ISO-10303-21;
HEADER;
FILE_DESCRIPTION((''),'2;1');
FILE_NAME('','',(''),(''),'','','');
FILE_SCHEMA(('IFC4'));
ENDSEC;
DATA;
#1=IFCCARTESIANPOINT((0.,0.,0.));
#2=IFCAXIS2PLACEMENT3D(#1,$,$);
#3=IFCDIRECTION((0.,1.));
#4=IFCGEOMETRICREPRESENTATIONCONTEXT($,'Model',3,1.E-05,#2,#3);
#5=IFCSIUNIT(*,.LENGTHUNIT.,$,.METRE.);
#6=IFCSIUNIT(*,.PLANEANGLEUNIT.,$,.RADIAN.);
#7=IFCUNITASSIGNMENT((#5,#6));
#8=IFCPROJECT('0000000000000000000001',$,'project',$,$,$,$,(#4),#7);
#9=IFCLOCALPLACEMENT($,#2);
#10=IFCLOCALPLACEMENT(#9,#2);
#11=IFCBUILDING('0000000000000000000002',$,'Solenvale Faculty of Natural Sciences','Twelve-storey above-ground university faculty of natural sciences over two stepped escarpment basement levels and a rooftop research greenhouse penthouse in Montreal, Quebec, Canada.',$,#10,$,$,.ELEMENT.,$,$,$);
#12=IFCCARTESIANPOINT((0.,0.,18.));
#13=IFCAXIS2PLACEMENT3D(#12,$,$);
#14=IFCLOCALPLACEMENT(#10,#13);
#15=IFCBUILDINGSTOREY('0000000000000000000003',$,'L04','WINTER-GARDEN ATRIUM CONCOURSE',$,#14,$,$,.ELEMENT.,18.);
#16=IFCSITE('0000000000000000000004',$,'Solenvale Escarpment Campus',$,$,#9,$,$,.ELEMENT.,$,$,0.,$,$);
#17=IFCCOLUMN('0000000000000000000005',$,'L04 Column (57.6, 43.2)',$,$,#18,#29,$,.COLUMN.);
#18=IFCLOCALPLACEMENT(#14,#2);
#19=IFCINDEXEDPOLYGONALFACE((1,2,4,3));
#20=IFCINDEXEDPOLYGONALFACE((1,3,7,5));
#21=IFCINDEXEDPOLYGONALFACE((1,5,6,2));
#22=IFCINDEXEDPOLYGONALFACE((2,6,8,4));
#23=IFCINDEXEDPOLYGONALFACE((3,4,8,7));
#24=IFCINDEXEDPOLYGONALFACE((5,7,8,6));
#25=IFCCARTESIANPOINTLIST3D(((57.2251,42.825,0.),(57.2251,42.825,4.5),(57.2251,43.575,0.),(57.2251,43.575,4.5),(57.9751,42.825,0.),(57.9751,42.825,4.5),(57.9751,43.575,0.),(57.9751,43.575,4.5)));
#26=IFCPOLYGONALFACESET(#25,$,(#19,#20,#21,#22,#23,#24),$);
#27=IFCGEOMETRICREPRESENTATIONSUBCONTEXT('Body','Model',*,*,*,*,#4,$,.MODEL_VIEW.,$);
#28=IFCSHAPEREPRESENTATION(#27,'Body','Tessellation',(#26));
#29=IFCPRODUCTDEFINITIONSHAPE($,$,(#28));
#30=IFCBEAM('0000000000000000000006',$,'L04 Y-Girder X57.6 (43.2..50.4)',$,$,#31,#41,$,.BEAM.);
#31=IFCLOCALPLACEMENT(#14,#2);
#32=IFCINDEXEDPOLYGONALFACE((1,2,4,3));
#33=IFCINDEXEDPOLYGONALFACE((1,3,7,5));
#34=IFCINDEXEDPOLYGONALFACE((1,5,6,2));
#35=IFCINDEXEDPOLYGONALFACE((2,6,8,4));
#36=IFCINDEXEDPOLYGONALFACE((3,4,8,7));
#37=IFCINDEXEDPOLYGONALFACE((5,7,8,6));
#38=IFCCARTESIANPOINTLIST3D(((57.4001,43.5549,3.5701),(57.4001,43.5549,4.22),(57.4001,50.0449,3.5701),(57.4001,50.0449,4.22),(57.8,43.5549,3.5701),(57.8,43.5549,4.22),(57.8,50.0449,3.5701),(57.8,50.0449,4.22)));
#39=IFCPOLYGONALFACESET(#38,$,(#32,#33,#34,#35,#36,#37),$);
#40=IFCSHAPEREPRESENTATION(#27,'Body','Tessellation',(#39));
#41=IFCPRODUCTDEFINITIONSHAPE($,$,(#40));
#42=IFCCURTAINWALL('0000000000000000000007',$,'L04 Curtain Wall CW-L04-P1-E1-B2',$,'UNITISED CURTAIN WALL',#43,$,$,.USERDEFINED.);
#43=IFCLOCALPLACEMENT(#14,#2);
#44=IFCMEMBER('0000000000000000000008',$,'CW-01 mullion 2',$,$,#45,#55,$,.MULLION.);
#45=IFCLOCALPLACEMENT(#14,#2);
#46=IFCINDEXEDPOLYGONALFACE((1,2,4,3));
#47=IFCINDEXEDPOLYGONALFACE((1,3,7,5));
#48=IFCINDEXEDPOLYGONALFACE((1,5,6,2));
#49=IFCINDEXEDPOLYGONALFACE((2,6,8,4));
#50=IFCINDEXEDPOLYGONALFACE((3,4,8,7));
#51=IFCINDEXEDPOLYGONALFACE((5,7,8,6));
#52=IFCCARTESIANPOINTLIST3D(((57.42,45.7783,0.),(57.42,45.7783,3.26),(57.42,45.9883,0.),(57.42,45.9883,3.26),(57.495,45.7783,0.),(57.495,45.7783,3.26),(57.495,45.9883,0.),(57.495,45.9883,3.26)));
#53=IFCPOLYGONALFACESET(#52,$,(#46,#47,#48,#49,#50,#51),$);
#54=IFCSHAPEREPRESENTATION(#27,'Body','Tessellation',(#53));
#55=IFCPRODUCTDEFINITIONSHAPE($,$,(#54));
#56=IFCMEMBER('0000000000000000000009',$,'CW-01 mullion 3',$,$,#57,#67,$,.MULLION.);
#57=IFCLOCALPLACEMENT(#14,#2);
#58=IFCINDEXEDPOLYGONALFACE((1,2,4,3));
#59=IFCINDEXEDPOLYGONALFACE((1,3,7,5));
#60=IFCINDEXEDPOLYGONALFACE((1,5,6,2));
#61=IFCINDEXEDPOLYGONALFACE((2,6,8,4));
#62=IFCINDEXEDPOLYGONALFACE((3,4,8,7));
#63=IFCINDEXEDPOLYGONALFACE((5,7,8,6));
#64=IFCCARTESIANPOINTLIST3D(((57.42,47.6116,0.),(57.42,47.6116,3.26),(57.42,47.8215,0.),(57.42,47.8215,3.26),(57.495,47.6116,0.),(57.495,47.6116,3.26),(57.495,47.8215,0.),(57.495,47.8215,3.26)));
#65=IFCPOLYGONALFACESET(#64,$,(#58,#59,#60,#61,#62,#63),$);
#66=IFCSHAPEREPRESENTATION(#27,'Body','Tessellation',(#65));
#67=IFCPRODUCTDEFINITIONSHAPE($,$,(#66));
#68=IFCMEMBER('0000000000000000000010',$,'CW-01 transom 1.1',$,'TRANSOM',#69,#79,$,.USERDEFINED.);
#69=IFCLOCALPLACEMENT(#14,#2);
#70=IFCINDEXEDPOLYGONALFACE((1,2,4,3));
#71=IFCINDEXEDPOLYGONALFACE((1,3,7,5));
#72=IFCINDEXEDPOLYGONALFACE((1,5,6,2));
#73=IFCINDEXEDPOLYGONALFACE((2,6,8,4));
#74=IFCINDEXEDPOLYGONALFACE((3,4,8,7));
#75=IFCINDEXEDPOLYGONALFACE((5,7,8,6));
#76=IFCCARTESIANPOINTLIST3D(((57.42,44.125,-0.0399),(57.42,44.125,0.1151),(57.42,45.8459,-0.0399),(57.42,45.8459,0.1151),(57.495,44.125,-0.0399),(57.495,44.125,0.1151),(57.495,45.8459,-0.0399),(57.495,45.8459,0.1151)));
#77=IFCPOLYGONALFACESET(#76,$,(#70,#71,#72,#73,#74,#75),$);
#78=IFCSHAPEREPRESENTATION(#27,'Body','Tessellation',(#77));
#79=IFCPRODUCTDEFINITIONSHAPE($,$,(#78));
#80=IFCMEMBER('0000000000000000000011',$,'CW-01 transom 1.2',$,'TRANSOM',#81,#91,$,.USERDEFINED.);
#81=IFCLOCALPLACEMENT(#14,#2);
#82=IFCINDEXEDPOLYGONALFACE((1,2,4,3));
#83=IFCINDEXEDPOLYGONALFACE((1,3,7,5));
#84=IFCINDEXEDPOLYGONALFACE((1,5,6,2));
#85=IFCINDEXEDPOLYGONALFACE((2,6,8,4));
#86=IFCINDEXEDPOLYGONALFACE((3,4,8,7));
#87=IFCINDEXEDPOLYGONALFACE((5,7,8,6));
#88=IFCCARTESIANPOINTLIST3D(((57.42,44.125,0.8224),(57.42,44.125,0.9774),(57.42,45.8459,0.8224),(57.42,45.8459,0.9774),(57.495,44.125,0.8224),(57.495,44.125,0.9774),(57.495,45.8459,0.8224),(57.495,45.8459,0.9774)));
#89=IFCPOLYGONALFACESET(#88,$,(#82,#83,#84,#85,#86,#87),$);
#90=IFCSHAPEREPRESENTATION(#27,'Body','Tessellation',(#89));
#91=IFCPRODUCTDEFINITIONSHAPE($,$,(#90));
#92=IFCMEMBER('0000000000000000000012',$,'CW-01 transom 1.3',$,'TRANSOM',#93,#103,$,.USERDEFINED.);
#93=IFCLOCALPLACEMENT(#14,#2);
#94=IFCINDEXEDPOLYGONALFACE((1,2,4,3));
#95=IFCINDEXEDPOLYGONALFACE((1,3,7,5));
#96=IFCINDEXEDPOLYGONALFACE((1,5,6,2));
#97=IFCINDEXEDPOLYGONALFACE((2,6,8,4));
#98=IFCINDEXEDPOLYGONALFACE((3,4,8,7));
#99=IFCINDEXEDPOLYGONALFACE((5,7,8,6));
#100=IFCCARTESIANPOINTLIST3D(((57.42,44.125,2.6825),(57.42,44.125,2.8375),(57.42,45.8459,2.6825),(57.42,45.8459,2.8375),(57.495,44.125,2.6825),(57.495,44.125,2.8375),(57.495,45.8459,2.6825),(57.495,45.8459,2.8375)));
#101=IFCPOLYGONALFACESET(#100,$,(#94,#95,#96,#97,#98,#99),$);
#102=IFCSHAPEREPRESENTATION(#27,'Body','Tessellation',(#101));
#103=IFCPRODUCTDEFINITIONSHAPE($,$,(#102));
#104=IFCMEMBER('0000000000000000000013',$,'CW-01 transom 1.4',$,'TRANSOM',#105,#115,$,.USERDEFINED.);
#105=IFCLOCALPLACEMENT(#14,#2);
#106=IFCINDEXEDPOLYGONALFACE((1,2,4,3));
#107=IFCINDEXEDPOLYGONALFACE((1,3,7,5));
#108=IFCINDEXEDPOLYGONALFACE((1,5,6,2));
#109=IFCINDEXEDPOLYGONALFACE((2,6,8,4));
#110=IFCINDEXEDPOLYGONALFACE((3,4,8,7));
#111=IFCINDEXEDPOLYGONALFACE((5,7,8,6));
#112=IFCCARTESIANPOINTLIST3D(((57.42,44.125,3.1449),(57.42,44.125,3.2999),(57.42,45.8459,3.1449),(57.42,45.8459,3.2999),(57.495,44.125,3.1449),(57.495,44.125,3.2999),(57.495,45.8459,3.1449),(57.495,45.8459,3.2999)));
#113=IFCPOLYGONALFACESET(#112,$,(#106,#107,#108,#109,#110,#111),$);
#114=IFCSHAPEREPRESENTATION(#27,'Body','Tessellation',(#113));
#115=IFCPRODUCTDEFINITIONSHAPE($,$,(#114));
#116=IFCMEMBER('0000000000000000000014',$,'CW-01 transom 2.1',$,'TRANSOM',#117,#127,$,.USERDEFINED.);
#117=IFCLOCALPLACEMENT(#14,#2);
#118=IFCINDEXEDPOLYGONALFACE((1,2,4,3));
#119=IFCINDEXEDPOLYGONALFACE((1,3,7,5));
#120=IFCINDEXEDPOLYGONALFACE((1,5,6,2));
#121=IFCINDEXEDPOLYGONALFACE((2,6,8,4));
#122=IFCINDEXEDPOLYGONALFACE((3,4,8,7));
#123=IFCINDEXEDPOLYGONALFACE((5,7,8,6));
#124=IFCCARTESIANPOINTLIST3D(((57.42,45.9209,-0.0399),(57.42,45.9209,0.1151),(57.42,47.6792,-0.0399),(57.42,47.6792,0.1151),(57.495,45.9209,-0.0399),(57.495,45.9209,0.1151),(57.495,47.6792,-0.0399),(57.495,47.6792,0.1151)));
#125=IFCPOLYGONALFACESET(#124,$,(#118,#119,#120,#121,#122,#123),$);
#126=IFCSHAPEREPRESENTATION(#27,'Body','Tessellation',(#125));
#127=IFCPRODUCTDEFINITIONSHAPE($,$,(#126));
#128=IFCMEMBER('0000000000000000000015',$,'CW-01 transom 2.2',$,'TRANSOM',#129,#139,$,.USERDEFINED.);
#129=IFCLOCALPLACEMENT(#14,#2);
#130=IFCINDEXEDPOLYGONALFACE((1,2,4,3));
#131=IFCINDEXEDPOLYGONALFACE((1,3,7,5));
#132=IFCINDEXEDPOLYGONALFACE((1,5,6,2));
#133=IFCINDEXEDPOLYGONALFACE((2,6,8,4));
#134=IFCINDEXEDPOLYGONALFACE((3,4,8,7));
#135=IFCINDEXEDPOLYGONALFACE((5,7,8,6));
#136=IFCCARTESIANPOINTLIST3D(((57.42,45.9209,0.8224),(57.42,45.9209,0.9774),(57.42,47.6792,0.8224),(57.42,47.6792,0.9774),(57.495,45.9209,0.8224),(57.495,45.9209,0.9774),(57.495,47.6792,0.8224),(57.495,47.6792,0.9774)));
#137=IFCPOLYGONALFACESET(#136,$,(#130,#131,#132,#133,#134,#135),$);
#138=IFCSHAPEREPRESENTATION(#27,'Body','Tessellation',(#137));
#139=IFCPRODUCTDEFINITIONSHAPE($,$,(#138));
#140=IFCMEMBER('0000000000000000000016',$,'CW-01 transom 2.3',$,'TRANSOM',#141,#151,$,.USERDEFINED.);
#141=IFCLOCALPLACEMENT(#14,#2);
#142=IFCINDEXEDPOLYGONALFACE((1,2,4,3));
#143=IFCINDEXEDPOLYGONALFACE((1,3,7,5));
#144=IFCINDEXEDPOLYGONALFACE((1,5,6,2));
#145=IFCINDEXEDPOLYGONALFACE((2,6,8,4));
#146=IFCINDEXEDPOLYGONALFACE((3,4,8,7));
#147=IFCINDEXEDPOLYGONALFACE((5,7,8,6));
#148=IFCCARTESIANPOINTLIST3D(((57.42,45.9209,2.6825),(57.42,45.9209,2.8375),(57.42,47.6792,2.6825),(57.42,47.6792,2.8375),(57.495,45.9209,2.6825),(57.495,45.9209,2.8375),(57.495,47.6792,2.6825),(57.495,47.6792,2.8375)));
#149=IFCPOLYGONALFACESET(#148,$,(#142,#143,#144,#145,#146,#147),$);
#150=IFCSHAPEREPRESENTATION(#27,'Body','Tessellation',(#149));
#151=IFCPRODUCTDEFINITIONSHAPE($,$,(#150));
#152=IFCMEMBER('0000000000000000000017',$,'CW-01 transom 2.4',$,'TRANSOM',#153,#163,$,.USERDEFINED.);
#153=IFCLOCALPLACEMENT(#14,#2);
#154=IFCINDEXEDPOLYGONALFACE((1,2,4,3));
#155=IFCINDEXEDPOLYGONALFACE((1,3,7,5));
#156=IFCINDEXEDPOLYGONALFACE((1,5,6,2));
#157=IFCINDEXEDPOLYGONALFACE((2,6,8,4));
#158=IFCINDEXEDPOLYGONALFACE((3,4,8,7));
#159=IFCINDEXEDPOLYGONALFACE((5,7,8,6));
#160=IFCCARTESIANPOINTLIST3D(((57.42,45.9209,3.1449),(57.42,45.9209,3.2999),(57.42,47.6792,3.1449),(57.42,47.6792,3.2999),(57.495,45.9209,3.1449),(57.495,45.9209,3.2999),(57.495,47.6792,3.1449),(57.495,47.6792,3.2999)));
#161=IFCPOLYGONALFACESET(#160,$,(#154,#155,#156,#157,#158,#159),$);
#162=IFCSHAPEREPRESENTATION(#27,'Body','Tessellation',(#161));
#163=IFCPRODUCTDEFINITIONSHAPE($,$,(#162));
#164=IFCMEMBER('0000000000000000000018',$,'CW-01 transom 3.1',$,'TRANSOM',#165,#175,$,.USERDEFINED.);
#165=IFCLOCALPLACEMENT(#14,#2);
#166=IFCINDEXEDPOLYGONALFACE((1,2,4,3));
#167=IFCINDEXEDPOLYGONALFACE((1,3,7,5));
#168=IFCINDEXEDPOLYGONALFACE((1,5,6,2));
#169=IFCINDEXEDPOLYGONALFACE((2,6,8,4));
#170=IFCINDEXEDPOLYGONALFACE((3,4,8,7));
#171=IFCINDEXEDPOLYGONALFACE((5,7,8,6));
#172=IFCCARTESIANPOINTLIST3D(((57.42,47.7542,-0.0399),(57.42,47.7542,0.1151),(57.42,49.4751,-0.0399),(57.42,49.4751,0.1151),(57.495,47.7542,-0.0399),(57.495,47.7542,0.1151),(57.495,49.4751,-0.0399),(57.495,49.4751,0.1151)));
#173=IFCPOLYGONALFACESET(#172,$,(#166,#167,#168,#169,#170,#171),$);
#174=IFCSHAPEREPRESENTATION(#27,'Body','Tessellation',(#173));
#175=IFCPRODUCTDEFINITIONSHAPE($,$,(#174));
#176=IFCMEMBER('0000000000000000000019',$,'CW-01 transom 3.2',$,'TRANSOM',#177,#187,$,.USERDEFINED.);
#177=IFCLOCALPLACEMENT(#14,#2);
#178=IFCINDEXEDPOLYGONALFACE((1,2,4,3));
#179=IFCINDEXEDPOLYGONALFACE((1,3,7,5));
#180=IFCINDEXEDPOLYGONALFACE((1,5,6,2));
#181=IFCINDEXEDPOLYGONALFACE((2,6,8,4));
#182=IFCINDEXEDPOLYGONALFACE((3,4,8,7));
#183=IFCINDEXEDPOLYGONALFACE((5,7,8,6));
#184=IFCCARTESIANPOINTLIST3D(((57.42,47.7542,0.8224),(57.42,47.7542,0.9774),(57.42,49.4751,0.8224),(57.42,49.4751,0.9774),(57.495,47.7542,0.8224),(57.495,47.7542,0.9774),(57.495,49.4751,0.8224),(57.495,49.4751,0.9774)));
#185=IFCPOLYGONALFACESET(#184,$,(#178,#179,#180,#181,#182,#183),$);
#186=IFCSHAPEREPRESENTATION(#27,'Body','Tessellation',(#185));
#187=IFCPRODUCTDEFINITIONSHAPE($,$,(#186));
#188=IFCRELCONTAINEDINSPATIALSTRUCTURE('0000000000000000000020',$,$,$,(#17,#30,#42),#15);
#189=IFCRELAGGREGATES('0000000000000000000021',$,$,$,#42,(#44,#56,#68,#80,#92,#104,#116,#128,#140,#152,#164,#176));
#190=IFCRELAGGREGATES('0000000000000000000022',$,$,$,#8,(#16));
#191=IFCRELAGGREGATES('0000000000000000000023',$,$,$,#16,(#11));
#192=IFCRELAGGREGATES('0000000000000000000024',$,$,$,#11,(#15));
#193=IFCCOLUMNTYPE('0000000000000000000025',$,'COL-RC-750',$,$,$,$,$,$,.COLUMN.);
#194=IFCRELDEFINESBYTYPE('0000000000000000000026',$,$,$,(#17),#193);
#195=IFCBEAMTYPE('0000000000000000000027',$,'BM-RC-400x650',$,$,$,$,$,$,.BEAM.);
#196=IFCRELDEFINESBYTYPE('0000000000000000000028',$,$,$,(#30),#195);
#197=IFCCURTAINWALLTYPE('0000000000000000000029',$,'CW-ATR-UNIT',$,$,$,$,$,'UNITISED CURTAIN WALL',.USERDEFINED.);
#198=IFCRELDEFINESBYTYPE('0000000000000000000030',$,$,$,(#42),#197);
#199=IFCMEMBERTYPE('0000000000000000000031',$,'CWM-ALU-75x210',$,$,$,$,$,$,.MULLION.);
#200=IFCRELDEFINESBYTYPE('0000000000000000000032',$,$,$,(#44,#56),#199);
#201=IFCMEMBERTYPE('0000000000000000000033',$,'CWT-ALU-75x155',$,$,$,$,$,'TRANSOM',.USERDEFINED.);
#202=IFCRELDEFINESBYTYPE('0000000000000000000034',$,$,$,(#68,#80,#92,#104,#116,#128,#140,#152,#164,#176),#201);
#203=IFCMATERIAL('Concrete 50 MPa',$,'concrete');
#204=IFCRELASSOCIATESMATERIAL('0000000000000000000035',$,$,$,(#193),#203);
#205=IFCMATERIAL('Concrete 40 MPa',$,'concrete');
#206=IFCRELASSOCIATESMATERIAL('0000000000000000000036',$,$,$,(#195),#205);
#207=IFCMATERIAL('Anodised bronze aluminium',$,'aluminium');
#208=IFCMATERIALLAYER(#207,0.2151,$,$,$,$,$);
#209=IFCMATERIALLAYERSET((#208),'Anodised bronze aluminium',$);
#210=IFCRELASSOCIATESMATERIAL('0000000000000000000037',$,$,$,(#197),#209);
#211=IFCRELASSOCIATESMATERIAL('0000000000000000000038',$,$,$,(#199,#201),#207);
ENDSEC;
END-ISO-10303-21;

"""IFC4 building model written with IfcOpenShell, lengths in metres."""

from ifc_helpers import new_model, si_unit, direction, frame, origin, origin_2d, place, context, subcontext, project, spatial, rectangle, extrude, material, layer, layer_set, material_profile, profile_set, type_object, element, aggregate, save


model = new_model("IFC4")

# Units and contexts
model_context = context("Model", 3, precision=1e-05, world=origin(), true_north=direction((0.0, 1.0)))
body_context = subcontext(model_context, "Body", "Model", "MODEL_VIEW")
ifc_project = project(units=[si_unit("LENGTHUNIT", "METRE"), si_unit("PLANEANGLEUNIT", "RADIAN")], contexts=[model_context])

# Site, building, storey
site_placement = place(None, origin())
site = spatial("IfcSite", under=ifc_project, at=site_placement, Name="Solenvale Escarpment Campus", CompositionType="ELEMENT", RefElevation=0.0)
building_placement = place(site_placement, origin())
building = spatial("IfcBuilding", under=site, at=building_placement, Name="Solenvale Faculty of Natural Sciences", Description="Twelve-storey above-ground university faculty of natural sciences over two stepped escarpment basement levels and a rooftop research greenhouse penthouse in Montreal, Quebec, Canada.", CompositionType="ELEMENT")
storey_placement = place(building_placement, frame((0.0, 0.0, 18.0)))
storey = spatial("IfcBuildingStorey", under=building, at=storey_placement, Name="L04", Description="WINTER-GARDEN ATRIUM CONCOURSE", CompositionType="ELEMENT", Elevation=18.0)

# Column
ifc_material_1 = material(Name="Concrete 50 MPa", Category="concrete")
ifc_material_profile_1 = material_profile(ifc_material_1, rectangle(XDim=0.75, YDim=0.75, at=origin_2d()), Name="RC-COL-750x750")
ifc_profile_set_1 = profile_set([ifc_material_profile_1], Name="Concrete 50 MPa")
column_type = type_object("IfcColumnType", Name="COL-RC-750", PredefinedType="COLUMN", material=ifc_profile_set_1)
column_placement = place(storey_placement, frame((57.6001, 43.2, 0.0), z_axis=(0.0, 0.0, 1.0), x_axis=(1.0, 0.0, 0.0)))
element("IfcColumn", 1, at=column_placement, inside=storey, type_object=column_type, Name="L04 Column (57.6, 43.2)", PredefinedType="COLUMN", context=body_context, shape_type="SweptSolid", body=[
    extrude(rectangle(XDim=0.75, YDim=0.75, at=origin_2d()), origin(), (0.0, 0.0, 1.0), 4.5),
])

# Beam
ifc_material_2 = material(Name="Concrete 40 MPa", Category="concrete")
ifc_material_profile_2 = material_profile(ifc_material_2, rectangle(XDim=0.3999, YDim=0.6499, at=origin_2d()), Name="RC-BM-400x650")
ifc_profile_set_2 = profile_set([ifc_material_profile_2], Name="Concrete 40 MPa")
beam_type = type_object("IfcBeamType", Name="BM-RC-400x650", PredefinedType="BEAM", material=ifc_profile_set_2)
beam_placement = place(storey_placement, frame((57.6001, 43.5549, 3.895), z_axis=(0.0, 1.0, 0.0), x_axis=(-1.0, 0.0, 0.0)))
element("IfcBeam", 2, at=beam_placement, inside=storey, type_object=beam_type, Name="L04 Y-Girder X57.6 (43.2..50.4)", PredefinedType="BEAM", context=body_context, shape_type="SweptSolid", body=[
    extrude(rectangle(XDim=0.3999, YDim=0.6499, at=origin_2d()), origin(), (0.0, 0.0, 1.0), 6.49),
])

# Curtain wall, members
ifc_material_3 = material(Name="Anodised bronze aluminium", Category="aluminium")
ifc_layer_1 = layer(ifc_material_3, 0.2151)
ifc_layer_set_1 = layer_set([ifc_layer_1], Name="Anodised bronze aluminium")
curtain_wall_type = type_object("IfcCurtainWallType", Name="CW-ATR-UNIT", ElementType="UNITISED CURTAIN WALL", PredefinedType="USERDEFINED", material=ifc_layer_set_1)
curtain_wall_placement = place(storey_placement, origin())
curtain_wall = element("IfcCurtainWall", 3, at=curtain_wall_placement, inside=storey, type_object=curtain_wall_type, Name="L04 Curtain Wall CW-L04-P1-E1-B2", ObjectType="UNITISED CURTAIN WALL", PredefinedType="USERDEFINED")
ifc_material_profile_3 = material_profile(ifc_material_3, rectangle(XDim=0.075, YDim=0.21, at=origin_2d()), Name="ALU-MUL-75x210")
ifc_profile_set_3 = profile_set([ifc_material_profile_3], Name="Anodised bronze aluminium")
member_type_1 = type_object("IfcMemberType", Name="CWM-ALU-75x210", PredefinedType="MULLION", material=ifc_profile_set_3)
member_1_placement = place(storey_placement, frame((57.4575, 45.8833, 0.0), z_axis=(0.0, 0.0, 1.0), x_axis=(-1.0, 0.0, 0.0)))
member_1 = element("IfcMember", 4, at=member_1_placement, type_object=member_type_1, Name="CW-01 mullion 2", PredefinedType="MULLION", context=body_context, shape_type="SweptSolid", body=[
    extrude(rectangle(XDim=0.075, YDim=0.21, at=origin_2d()), origin(), (0.0, 0.0, 1.0), 3.26),
])
member_2_placement = place(storey_placement, frame((57.4575, 47.7166, 0.0), z_axis=(0.0, 0.0, 1.0), x_axis=(-1.0, 0.0, 0.0)))
member_2 = element("IfcMember", 5, at=member_2_placement, type_object=member_type_1, Name="CW-01 mullion 3", PredefinedType="MULLION", context=body_context, shape_type="SweptSolid", body=[
    extrude(rectangle(XDim=0.075, YDim=0.21, at=origin_2d()), origin(), (0.0, 0.0, 1.0), 3.26),
])
ifc_material_profile_4 = material_profile(ifc_material_3, rectangle(XDim=0.075, YDim=0.155, at=origin_2d()), Name="ALU-TRN-75x155")
ifc_profile_set_4 = profile_set([ifc_material_profile_4], Name="Anodised bronze aluminium")
member_type_2 = type_object("IfcMemberType", Name="CWT-ALU-75x155", ElementType="TRANSOM", PredefinedType="USERDEFINED", material=ifc_profile_set_4)
member_3_placement = place(storey_placement, frame((57.4575, 44.125, 0.0376), z_axis=(0.0, 1.0, 0.0), x_axis=(-1.0, 0.0, 0.0)))
member_3 = element("IfcMember", 6, at=member_3_placement, type_object=member_type_2, Name="CW-01 transom 1.1", ObjectType="TRANSOM", PredefinedType="USERDEFINED", context=body_context, shape_type="SweptSolid", body=[
    extrude(rectangle(XDim=0.075, YDim=0.155, at=origin_2d()), origin(), (0.0, 0.0, 1.0), 1.7209),
])
member_4_placement = place(storey_placement, frame((57.4575, 44.125, 0.8999), z_axis=(0.0, 1.0, 0.0), x_axis=(-1.0, 0.0, 0.0)))
member_4 = element("IfcMember", 7, at=member_4_placement, type_object=member_type_2, Name="CW-01 transom 1.2", ObjectType="TRANSOM", PredefinedType="USERDEFINED", context=body_context, shape_type="SweptSolid", body=[
    extrude(rectangle(XDim=0.075, YDim=0.155, at=origin_2d()), origin(), (0.0, 0.0, 1.0), 1.7209),
])
member_5_placement = place(storey_placement, frame((57.4575, 44.125, 2.76), z_axis=(0.0, 1.0, 0.0), x_axis=(-1.0, 0.0, 0.0)))
member_5 = element("IfcMember", 8, at=member_5_placement, type_object=member_type_2, Name="CW-01 transom 1.3", ObjectType="TRANSOM", PredefinedType="USERDEFINED", context=body_context, shape_type="SweptSolid", body=[
    extrude(rectangle(XDim=0.075, YDim=0.155, at=origin_2d()), origin(), (0.0, 0.0, 1.0), 1.7209),
])
member_6_placement = place(storey_placement, frame((57.4575, 44.125, 3.2224), z_axis=(0.0, 1.0, 0.0), x_axis=(-1.0, 0.0, 0.0)))
member_6 = element("IfcMember", 9, at=member_6_placement, type_object=member_type_2, Name="CW-01 transom 1.4", ObjectType="TRANSOM", PredefinedType="USERDEFINED", context=body_context, shape_type="SweptSolid", body=[
    extrude(rectangle(XDim=0.075, YDim=0.155, at=origin_2d()), origin(), (0.0, 0.0, 1.0), 1.7209),
])
member_7_placement = place(storey_placement, frame((57.4575, 45.9209, 0.0376), z_axis=(0.0, 1.0, 0.0), x_axis=(-1.0, 0.0, 0.0)))
member_7 = element("IfcMember", 10, at=member_7_placement, type_object=member_type_2, Name="CW-01 transom 2.1", ObjectType="TRANSOM", PredefinedType="USERDEFINED", context=body_context, shape_type="SweptSolid", body=[
    extrude(rectangle(XDim=0.075, YDim=0.155, at=origin_2d()), origin(), (0.0, 0.0, 1.0), 1.7583),
])
member_8_placement = place(storey_placement, frame((57.4575, 45.9209, 0.8999), z_axis=(0.0, 1.0, 0.0), x_axis=(-1.0, 0.0, 0.0)))
member_8 = element("IfcMember", 11, at=member_8_placement, type_object=member_type_2, Name="CW-01 transom 2.2", ObjectType="TRANSOM", PredefinedType="USERDEFINED", context=body_context, shape_type="SweptSolid", body=[
    extrude(rectangle(XDim=0.075, YDim=0.155, at=origin_2d()), origin(), (0.0, 0.0, 1.0), 1.7583),
])
member_9_placement = place(storey_placement, frame((57.4575, 45.9209, 2.76), z_axis=(0.0, 1.0, 0.0), x_axis=(-1.0, 0.0, 0.0)))
member_9 = element("IfcMember", 12, at=member_9_placement, type_object=member_type_2, Name="CW-01 transom 2.3", ObjectType="TRANSOM", PredefinedType="USERDEFINED", context=body_context, shape_type="SweptSolid", body=[
    extrude(rectangle(XDim=0.075, YDim=0.155, at=origin_2d()), origin(), (0.0, 0.0, 1.0), 1.7583),
])
member_10_placement = place(storey_placement, frame((57.4575, 45.9209, 3.2224), z_axis=(0.0, 1.0, 0.0), x_axis=(-1.0, 0.0, 0.0)))
member_10 = element("IfcMember", 13, at=member_10_placement, type_object=member_type_2, Name="CW-01 transom 2.4", ObjectType="TRANSOM", PredefinedType="USERDEFINED", context=body_context, shape_type="SweptSolid", body=[
    extrude(rectangle(XDim=0.075, YDim=0.155, at=origin_2d()), origin(), (0.0, 0.0, 1.0), 1.7583),
])
member_11_placement = place(storey_placement, frame((57.4575, 47.7542, 0.0376), z_axis=(0.0, 1.0, 0.0), x_axis=(-1.0, 0.0, 0.0)))
member_11 = element("IfcMember", 14, at=member_11_placement, type_object=member_type_2, Name="CW-01 transom 3.1", ObjectType="TRANSOM", PredefinedType="USERDEFINED", context=body_context, shape_type="SweptSolid", body=[
    extrude(rectangle(XDim=0.075, YDim=0.155, at=origin_2d()), origin(), (0.0, 0.0, 1.0), 1.7209),
])
member_12_placement = place(storey_placement, frame((57.4575, 47.7542, 0.8999), z_axis=(0.0, 1.0, 0.0), x_axis=(-1.0, 0.0, 0.0)))
member_12 = element("IfcMember", 15, at=member_12_placement, type_object=member_type_2, Name="CW-01 transom 3.2", ObjectType="TRANSOM", PredefinedType="USERDEFINED", context=body_context, shape_type="SweptSolid", body=[
    extrude(rectangle(XDim=0.075, YDim=0.155, at=origin_2d()), origin(), (0.0, 0.0, 1.0), 1.7209),
])
aggregate(curtain_wall, [member_1, member_2, member_3, member_4, member_5, member_6, member_7, member_8, member_9, member_10, member_11, member_12])

save(model, "model.ifc")
